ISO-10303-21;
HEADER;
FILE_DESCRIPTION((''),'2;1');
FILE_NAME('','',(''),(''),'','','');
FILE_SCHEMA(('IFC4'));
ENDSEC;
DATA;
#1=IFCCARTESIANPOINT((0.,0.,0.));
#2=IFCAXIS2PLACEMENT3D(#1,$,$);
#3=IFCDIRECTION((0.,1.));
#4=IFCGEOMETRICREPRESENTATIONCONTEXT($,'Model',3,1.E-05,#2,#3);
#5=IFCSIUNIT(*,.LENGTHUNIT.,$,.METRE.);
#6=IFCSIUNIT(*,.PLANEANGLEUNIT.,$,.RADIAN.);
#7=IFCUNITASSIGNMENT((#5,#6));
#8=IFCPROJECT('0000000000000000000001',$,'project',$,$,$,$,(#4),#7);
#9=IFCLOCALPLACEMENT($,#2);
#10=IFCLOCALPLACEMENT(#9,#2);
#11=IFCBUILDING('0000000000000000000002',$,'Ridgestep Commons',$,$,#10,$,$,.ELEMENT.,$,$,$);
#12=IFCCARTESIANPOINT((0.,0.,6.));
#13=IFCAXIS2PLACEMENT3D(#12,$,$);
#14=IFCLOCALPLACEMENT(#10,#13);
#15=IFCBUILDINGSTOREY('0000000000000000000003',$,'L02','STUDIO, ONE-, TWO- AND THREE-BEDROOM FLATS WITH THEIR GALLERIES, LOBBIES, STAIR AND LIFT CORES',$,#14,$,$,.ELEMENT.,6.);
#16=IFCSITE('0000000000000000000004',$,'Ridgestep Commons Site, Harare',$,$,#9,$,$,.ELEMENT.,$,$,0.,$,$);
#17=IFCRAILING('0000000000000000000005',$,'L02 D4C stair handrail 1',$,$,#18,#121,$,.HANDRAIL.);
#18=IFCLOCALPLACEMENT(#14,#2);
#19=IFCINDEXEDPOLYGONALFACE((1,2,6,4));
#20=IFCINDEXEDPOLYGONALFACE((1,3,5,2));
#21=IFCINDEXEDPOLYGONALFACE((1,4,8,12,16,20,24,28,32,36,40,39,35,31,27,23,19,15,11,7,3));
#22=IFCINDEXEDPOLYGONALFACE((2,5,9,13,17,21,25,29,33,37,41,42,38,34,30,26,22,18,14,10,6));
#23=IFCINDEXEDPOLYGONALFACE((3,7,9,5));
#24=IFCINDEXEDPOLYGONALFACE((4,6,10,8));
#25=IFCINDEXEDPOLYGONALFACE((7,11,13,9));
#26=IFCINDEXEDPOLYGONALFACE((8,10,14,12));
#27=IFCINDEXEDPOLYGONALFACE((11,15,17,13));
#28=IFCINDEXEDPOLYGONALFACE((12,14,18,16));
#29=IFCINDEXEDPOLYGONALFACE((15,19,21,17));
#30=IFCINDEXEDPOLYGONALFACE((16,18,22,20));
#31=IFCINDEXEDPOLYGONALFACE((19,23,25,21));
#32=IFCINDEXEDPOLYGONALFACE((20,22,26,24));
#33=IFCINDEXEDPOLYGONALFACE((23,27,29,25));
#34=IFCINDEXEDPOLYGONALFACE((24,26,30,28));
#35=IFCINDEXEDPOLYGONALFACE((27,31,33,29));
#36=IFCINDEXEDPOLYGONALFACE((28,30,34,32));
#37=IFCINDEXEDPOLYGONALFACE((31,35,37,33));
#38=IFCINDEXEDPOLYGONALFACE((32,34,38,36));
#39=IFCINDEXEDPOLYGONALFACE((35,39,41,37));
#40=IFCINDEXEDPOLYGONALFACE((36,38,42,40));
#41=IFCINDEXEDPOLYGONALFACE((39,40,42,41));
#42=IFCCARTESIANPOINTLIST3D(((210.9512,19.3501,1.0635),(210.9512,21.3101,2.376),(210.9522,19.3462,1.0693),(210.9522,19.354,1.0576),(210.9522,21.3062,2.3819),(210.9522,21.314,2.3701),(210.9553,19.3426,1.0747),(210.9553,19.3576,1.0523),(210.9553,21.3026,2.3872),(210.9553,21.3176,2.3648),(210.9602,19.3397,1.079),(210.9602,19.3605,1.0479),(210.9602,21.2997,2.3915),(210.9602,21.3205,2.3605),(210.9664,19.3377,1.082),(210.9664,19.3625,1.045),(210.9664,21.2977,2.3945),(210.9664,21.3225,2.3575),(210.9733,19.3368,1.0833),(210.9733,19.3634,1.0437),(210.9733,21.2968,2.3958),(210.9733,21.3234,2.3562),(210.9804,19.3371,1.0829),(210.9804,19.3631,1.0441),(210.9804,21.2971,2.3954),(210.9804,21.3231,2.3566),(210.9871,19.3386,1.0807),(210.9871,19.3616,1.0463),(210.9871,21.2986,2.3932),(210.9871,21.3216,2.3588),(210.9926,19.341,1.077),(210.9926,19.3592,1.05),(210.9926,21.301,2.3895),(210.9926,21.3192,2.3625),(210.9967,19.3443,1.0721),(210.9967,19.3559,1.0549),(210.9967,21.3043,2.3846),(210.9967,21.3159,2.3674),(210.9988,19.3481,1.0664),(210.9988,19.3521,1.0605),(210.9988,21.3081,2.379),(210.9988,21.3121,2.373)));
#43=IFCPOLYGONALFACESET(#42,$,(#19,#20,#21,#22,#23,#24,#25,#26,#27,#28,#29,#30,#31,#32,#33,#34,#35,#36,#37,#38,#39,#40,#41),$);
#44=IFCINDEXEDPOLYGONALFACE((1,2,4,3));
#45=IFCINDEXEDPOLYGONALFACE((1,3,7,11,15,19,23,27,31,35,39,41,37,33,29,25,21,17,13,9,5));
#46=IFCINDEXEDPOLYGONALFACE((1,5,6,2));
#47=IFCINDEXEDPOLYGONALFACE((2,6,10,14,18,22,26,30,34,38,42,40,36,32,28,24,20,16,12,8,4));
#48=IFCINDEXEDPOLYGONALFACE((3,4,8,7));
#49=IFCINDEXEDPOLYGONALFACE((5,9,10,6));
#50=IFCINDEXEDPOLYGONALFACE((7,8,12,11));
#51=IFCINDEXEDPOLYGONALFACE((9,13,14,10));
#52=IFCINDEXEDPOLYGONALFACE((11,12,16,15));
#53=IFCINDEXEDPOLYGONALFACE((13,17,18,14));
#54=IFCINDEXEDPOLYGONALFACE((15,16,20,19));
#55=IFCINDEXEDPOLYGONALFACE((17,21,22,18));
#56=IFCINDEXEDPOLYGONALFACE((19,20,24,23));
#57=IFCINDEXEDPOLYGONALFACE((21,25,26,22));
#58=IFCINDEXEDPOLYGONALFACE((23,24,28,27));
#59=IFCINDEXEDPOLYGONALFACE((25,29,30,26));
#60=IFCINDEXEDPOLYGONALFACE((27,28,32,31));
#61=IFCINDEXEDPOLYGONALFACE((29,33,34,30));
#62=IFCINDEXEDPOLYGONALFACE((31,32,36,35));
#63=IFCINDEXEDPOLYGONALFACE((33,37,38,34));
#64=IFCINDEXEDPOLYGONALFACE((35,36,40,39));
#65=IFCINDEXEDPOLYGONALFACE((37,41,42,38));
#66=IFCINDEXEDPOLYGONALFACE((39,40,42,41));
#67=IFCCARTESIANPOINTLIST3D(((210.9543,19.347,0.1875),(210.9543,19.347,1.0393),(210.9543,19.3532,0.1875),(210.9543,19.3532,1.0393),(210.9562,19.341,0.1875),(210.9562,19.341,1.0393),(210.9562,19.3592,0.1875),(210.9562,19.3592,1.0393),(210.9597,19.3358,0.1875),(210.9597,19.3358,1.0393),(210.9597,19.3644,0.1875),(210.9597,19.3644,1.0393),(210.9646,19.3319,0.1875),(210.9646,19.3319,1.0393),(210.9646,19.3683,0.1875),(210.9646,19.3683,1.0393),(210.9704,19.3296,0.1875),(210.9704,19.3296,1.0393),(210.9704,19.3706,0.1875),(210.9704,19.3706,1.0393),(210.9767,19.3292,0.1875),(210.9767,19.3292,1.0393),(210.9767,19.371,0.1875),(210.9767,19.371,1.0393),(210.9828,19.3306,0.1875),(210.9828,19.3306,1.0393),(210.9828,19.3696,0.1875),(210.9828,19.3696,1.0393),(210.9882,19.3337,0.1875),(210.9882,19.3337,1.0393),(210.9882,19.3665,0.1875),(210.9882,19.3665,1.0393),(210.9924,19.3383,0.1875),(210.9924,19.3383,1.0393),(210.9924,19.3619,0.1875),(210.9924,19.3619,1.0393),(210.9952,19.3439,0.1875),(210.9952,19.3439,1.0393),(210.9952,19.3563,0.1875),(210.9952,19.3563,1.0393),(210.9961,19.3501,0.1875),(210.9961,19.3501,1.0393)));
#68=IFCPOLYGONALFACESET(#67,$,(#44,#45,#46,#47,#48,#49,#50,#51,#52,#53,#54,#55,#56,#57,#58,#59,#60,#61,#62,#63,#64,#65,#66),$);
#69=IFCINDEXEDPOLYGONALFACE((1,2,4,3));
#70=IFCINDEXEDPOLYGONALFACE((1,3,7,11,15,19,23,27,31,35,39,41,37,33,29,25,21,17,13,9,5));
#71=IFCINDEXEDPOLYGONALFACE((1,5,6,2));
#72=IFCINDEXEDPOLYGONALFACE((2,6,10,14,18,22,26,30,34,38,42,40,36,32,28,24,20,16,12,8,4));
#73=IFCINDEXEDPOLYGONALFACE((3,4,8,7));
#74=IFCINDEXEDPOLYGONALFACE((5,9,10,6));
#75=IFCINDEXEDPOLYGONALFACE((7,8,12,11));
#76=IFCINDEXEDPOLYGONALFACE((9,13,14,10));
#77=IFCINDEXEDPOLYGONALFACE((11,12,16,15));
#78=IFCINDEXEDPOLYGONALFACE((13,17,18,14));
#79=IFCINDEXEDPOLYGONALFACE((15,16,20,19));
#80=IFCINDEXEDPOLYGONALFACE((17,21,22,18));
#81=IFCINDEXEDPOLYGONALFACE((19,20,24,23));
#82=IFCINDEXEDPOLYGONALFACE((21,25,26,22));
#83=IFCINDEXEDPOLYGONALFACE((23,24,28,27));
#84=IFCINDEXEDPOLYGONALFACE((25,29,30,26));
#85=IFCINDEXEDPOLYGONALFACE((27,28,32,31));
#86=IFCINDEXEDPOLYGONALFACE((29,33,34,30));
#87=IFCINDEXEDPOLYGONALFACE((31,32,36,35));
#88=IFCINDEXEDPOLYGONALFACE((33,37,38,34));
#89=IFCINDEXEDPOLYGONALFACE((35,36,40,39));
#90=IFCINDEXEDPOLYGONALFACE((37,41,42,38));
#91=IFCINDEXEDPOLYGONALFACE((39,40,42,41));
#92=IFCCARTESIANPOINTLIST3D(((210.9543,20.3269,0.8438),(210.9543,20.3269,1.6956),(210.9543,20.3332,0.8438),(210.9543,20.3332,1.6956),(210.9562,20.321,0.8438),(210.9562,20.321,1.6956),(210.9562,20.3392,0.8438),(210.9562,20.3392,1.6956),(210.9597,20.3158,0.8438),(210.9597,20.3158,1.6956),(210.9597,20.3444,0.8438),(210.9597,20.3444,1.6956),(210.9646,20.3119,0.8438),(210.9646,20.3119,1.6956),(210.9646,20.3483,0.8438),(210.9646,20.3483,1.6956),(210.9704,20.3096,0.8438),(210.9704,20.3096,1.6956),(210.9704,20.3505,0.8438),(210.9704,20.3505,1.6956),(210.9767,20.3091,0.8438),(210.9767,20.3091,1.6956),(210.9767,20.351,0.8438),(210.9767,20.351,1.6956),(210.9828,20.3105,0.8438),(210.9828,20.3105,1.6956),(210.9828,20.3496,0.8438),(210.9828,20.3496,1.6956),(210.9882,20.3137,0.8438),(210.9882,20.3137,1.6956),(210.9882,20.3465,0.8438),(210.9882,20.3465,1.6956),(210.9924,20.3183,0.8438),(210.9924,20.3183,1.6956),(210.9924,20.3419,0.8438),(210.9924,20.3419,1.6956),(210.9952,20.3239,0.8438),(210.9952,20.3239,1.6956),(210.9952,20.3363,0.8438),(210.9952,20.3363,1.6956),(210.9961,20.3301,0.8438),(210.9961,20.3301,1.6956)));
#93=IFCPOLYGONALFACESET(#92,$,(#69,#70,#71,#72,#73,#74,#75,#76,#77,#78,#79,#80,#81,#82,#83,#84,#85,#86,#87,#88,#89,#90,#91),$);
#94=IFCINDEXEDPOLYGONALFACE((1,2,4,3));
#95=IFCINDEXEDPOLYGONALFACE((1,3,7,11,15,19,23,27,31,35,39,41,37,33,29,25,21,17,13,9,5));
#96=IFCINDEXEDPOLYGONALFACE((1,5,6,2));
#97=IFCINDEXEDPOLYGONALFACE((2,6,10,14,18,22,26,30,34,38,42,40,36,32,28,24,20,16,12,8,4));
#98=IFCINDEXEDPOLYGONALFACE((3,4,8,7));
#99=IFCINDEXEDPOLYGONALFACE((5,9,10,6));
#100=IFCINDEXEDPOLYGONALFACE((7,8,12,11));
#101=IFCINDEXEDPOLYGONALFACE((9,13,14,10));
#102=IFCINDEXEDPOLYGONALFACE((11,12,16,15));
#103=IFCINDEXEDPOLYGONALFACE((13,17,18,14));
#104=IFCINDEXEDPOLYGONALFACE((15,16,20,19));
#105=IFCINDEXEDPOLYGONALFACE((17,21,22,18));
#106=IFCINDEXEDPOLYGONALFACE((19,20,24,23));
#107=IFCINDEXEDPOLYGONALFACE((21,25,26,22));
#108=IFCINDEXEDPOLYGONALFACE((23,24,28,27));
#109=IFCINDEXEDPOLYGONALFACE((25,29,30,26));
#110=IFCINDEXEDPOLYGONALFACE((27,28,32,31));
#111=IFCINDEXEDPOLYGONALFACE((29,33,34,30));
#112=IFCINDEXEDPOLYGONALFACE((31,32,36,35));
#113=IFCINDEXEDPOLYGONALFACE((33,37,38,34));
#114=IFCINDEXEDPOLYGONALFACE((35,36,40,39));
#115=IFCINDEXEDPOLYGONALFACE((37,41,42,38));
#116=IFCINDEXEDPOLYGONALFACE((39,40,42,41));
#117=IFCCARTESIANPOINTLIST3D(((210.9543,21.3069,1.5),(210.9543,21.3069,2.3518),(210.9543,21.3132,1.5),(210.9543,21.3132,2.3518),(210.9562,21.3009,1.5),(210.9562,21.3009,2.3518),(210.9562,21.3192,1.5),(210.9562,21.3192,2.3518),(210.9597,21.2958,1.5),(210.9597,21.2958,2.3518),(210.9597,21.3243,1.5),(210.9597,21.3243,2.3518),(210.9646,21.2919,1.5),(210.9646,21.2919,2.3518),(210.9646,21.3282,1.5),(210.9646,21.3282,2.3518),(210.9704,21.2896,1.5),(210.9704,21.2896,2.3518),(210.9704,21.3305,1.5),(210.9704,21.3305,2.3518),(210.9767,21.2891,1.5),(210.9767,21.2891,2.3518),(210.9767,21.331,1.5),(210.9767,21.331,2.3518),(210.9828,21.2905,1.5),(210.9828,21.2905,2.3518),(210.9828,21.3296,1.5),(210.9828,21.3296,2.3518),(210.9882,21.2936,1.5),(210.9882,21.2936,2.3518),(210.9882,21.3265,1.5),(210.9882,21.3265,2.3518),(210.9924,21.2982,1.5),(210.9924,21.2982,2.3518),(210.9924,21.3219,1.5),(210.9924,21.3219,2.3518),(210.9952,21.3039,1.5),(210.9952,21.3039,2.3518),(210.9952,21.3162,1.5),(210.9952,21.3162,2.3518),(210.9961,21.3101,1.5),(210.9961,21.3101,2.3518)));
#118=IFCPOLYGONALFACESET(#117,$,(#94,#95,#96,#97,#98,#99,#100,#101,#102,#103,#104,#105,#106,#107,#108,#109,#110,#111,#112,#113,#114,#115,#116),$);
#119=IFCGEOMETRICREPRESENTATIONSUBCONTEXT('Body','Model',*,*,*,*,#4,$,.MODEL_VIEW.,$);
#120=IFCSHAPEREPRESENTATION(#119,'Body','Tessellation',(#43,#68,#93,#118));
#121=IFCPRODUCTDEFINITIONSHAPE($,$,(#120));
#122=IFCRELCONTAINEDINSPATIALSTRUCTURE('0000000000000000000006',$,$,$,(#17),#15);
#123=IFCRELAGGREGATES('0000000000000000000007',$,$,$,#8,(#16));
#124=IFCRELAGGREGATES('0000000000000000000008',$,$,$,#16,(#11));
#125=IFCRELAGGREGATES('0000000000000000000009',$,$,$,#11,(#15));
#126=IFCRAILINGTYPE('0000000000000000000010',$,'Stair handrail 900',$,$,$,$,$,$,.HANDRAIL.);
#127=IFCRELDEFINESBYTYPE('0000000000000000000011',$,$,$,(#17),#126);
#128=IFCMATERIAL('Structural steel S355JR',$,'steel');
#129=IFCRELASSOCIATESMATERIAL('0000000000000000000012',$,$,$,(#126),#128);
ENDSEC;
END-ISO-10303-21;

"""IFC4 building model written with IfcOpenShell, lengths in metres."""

from ifc_helpers import new_model, si_unit, direction, frame, origin, origin_2d, place, context, subcontext, project, spatial, circle, extrude, material, type_object, element, save


model = new_model("IFC4")

# Units and contexts
model_context = context("Model", 3, precision=1e-05, world=origin(), true_north=direction((0.0, 1.0)))
body_context = subcontext(model_context, "Body", "Model", "MODEL_VIEW")
ifc_project = project(units=[si_unit("LENGTHUNIT", "METRE"), si_unit("PLANEANGLEUNIT", "RADIAN")], contexts=[model_context])

# Site, building, storey
site_placement = place(None, origin())
site = spatial("IfcSite", under=ifc_project, at=site_placement, Name="Ridgestep Commons Site, Harare", CompositionType="ELEMENT", RefElevation=0.0)
building_placement = place(site_placement, origin())
building = spatial("IfcBuilding", under=site, at=building_placement, Name="Ridgestep Commons", CompositionType="ELEMENT")
storey_placement = place(building_placement, frame((0.0, 0.0, 6.0)))
storey = spatial("IfcBuildingStorey", under=building, at=storey_placement, Name="L02", Description="STUDIO, ONE-, TWO- AND THREE-BEDROOM FLATS WITH THEIR GALLERIES, LOBBIES, STAIR AND LIFT CORES", CompositionType="ELEMENT", Elevation=6.0)

# Railing
ifc_material_1 = material(Name="Structural steel S355JR", Category="steel")
railing_type_1 = type_object("IfcRailingType", Name="Stair handrail 900", PredefinedType="HANDRAIL", material=ifc_material_1)
railing_1_placement = place(storey_placement, frame((210.9751, 19.3501, 0.1875)))
element("IfcRailing", 1, at=railing_1_placement, inside=storey, type_object=railing_type_1, Name="L02 D4C stair handrail 1", PredefinedType="HANDRAIL", context=body_context, shape_type="SweptSolid", body=[
    extrude(circle(Radius=0.0239, at=origin_2d()), frame((0.0, 0.0, 0.876), z_axis=(0.0, 0.830902, 0.556419), x_axis=(-1.0, 0.0, 0.0)), (0.0, 0.0, 1.0), 2.3589),
    extrude(circle(Radius=0.021, at=origin_2d()), origin(), (0.0, 0.0, 1.0), 0.8518),
    extrude(circle(Radius=0.021, at=origin_2d()), frame((0.0, 0.98, 0.6562)), (0.0, 0.0, 1.0), 0.8518),
    extrude(circle(Radius=0.021, at=origin_2d()), frame((0.0, 1.96, 1.3125)), (0.0, 0.0, 1.0), 0.8518),
])

save(model, "model.ifc")
